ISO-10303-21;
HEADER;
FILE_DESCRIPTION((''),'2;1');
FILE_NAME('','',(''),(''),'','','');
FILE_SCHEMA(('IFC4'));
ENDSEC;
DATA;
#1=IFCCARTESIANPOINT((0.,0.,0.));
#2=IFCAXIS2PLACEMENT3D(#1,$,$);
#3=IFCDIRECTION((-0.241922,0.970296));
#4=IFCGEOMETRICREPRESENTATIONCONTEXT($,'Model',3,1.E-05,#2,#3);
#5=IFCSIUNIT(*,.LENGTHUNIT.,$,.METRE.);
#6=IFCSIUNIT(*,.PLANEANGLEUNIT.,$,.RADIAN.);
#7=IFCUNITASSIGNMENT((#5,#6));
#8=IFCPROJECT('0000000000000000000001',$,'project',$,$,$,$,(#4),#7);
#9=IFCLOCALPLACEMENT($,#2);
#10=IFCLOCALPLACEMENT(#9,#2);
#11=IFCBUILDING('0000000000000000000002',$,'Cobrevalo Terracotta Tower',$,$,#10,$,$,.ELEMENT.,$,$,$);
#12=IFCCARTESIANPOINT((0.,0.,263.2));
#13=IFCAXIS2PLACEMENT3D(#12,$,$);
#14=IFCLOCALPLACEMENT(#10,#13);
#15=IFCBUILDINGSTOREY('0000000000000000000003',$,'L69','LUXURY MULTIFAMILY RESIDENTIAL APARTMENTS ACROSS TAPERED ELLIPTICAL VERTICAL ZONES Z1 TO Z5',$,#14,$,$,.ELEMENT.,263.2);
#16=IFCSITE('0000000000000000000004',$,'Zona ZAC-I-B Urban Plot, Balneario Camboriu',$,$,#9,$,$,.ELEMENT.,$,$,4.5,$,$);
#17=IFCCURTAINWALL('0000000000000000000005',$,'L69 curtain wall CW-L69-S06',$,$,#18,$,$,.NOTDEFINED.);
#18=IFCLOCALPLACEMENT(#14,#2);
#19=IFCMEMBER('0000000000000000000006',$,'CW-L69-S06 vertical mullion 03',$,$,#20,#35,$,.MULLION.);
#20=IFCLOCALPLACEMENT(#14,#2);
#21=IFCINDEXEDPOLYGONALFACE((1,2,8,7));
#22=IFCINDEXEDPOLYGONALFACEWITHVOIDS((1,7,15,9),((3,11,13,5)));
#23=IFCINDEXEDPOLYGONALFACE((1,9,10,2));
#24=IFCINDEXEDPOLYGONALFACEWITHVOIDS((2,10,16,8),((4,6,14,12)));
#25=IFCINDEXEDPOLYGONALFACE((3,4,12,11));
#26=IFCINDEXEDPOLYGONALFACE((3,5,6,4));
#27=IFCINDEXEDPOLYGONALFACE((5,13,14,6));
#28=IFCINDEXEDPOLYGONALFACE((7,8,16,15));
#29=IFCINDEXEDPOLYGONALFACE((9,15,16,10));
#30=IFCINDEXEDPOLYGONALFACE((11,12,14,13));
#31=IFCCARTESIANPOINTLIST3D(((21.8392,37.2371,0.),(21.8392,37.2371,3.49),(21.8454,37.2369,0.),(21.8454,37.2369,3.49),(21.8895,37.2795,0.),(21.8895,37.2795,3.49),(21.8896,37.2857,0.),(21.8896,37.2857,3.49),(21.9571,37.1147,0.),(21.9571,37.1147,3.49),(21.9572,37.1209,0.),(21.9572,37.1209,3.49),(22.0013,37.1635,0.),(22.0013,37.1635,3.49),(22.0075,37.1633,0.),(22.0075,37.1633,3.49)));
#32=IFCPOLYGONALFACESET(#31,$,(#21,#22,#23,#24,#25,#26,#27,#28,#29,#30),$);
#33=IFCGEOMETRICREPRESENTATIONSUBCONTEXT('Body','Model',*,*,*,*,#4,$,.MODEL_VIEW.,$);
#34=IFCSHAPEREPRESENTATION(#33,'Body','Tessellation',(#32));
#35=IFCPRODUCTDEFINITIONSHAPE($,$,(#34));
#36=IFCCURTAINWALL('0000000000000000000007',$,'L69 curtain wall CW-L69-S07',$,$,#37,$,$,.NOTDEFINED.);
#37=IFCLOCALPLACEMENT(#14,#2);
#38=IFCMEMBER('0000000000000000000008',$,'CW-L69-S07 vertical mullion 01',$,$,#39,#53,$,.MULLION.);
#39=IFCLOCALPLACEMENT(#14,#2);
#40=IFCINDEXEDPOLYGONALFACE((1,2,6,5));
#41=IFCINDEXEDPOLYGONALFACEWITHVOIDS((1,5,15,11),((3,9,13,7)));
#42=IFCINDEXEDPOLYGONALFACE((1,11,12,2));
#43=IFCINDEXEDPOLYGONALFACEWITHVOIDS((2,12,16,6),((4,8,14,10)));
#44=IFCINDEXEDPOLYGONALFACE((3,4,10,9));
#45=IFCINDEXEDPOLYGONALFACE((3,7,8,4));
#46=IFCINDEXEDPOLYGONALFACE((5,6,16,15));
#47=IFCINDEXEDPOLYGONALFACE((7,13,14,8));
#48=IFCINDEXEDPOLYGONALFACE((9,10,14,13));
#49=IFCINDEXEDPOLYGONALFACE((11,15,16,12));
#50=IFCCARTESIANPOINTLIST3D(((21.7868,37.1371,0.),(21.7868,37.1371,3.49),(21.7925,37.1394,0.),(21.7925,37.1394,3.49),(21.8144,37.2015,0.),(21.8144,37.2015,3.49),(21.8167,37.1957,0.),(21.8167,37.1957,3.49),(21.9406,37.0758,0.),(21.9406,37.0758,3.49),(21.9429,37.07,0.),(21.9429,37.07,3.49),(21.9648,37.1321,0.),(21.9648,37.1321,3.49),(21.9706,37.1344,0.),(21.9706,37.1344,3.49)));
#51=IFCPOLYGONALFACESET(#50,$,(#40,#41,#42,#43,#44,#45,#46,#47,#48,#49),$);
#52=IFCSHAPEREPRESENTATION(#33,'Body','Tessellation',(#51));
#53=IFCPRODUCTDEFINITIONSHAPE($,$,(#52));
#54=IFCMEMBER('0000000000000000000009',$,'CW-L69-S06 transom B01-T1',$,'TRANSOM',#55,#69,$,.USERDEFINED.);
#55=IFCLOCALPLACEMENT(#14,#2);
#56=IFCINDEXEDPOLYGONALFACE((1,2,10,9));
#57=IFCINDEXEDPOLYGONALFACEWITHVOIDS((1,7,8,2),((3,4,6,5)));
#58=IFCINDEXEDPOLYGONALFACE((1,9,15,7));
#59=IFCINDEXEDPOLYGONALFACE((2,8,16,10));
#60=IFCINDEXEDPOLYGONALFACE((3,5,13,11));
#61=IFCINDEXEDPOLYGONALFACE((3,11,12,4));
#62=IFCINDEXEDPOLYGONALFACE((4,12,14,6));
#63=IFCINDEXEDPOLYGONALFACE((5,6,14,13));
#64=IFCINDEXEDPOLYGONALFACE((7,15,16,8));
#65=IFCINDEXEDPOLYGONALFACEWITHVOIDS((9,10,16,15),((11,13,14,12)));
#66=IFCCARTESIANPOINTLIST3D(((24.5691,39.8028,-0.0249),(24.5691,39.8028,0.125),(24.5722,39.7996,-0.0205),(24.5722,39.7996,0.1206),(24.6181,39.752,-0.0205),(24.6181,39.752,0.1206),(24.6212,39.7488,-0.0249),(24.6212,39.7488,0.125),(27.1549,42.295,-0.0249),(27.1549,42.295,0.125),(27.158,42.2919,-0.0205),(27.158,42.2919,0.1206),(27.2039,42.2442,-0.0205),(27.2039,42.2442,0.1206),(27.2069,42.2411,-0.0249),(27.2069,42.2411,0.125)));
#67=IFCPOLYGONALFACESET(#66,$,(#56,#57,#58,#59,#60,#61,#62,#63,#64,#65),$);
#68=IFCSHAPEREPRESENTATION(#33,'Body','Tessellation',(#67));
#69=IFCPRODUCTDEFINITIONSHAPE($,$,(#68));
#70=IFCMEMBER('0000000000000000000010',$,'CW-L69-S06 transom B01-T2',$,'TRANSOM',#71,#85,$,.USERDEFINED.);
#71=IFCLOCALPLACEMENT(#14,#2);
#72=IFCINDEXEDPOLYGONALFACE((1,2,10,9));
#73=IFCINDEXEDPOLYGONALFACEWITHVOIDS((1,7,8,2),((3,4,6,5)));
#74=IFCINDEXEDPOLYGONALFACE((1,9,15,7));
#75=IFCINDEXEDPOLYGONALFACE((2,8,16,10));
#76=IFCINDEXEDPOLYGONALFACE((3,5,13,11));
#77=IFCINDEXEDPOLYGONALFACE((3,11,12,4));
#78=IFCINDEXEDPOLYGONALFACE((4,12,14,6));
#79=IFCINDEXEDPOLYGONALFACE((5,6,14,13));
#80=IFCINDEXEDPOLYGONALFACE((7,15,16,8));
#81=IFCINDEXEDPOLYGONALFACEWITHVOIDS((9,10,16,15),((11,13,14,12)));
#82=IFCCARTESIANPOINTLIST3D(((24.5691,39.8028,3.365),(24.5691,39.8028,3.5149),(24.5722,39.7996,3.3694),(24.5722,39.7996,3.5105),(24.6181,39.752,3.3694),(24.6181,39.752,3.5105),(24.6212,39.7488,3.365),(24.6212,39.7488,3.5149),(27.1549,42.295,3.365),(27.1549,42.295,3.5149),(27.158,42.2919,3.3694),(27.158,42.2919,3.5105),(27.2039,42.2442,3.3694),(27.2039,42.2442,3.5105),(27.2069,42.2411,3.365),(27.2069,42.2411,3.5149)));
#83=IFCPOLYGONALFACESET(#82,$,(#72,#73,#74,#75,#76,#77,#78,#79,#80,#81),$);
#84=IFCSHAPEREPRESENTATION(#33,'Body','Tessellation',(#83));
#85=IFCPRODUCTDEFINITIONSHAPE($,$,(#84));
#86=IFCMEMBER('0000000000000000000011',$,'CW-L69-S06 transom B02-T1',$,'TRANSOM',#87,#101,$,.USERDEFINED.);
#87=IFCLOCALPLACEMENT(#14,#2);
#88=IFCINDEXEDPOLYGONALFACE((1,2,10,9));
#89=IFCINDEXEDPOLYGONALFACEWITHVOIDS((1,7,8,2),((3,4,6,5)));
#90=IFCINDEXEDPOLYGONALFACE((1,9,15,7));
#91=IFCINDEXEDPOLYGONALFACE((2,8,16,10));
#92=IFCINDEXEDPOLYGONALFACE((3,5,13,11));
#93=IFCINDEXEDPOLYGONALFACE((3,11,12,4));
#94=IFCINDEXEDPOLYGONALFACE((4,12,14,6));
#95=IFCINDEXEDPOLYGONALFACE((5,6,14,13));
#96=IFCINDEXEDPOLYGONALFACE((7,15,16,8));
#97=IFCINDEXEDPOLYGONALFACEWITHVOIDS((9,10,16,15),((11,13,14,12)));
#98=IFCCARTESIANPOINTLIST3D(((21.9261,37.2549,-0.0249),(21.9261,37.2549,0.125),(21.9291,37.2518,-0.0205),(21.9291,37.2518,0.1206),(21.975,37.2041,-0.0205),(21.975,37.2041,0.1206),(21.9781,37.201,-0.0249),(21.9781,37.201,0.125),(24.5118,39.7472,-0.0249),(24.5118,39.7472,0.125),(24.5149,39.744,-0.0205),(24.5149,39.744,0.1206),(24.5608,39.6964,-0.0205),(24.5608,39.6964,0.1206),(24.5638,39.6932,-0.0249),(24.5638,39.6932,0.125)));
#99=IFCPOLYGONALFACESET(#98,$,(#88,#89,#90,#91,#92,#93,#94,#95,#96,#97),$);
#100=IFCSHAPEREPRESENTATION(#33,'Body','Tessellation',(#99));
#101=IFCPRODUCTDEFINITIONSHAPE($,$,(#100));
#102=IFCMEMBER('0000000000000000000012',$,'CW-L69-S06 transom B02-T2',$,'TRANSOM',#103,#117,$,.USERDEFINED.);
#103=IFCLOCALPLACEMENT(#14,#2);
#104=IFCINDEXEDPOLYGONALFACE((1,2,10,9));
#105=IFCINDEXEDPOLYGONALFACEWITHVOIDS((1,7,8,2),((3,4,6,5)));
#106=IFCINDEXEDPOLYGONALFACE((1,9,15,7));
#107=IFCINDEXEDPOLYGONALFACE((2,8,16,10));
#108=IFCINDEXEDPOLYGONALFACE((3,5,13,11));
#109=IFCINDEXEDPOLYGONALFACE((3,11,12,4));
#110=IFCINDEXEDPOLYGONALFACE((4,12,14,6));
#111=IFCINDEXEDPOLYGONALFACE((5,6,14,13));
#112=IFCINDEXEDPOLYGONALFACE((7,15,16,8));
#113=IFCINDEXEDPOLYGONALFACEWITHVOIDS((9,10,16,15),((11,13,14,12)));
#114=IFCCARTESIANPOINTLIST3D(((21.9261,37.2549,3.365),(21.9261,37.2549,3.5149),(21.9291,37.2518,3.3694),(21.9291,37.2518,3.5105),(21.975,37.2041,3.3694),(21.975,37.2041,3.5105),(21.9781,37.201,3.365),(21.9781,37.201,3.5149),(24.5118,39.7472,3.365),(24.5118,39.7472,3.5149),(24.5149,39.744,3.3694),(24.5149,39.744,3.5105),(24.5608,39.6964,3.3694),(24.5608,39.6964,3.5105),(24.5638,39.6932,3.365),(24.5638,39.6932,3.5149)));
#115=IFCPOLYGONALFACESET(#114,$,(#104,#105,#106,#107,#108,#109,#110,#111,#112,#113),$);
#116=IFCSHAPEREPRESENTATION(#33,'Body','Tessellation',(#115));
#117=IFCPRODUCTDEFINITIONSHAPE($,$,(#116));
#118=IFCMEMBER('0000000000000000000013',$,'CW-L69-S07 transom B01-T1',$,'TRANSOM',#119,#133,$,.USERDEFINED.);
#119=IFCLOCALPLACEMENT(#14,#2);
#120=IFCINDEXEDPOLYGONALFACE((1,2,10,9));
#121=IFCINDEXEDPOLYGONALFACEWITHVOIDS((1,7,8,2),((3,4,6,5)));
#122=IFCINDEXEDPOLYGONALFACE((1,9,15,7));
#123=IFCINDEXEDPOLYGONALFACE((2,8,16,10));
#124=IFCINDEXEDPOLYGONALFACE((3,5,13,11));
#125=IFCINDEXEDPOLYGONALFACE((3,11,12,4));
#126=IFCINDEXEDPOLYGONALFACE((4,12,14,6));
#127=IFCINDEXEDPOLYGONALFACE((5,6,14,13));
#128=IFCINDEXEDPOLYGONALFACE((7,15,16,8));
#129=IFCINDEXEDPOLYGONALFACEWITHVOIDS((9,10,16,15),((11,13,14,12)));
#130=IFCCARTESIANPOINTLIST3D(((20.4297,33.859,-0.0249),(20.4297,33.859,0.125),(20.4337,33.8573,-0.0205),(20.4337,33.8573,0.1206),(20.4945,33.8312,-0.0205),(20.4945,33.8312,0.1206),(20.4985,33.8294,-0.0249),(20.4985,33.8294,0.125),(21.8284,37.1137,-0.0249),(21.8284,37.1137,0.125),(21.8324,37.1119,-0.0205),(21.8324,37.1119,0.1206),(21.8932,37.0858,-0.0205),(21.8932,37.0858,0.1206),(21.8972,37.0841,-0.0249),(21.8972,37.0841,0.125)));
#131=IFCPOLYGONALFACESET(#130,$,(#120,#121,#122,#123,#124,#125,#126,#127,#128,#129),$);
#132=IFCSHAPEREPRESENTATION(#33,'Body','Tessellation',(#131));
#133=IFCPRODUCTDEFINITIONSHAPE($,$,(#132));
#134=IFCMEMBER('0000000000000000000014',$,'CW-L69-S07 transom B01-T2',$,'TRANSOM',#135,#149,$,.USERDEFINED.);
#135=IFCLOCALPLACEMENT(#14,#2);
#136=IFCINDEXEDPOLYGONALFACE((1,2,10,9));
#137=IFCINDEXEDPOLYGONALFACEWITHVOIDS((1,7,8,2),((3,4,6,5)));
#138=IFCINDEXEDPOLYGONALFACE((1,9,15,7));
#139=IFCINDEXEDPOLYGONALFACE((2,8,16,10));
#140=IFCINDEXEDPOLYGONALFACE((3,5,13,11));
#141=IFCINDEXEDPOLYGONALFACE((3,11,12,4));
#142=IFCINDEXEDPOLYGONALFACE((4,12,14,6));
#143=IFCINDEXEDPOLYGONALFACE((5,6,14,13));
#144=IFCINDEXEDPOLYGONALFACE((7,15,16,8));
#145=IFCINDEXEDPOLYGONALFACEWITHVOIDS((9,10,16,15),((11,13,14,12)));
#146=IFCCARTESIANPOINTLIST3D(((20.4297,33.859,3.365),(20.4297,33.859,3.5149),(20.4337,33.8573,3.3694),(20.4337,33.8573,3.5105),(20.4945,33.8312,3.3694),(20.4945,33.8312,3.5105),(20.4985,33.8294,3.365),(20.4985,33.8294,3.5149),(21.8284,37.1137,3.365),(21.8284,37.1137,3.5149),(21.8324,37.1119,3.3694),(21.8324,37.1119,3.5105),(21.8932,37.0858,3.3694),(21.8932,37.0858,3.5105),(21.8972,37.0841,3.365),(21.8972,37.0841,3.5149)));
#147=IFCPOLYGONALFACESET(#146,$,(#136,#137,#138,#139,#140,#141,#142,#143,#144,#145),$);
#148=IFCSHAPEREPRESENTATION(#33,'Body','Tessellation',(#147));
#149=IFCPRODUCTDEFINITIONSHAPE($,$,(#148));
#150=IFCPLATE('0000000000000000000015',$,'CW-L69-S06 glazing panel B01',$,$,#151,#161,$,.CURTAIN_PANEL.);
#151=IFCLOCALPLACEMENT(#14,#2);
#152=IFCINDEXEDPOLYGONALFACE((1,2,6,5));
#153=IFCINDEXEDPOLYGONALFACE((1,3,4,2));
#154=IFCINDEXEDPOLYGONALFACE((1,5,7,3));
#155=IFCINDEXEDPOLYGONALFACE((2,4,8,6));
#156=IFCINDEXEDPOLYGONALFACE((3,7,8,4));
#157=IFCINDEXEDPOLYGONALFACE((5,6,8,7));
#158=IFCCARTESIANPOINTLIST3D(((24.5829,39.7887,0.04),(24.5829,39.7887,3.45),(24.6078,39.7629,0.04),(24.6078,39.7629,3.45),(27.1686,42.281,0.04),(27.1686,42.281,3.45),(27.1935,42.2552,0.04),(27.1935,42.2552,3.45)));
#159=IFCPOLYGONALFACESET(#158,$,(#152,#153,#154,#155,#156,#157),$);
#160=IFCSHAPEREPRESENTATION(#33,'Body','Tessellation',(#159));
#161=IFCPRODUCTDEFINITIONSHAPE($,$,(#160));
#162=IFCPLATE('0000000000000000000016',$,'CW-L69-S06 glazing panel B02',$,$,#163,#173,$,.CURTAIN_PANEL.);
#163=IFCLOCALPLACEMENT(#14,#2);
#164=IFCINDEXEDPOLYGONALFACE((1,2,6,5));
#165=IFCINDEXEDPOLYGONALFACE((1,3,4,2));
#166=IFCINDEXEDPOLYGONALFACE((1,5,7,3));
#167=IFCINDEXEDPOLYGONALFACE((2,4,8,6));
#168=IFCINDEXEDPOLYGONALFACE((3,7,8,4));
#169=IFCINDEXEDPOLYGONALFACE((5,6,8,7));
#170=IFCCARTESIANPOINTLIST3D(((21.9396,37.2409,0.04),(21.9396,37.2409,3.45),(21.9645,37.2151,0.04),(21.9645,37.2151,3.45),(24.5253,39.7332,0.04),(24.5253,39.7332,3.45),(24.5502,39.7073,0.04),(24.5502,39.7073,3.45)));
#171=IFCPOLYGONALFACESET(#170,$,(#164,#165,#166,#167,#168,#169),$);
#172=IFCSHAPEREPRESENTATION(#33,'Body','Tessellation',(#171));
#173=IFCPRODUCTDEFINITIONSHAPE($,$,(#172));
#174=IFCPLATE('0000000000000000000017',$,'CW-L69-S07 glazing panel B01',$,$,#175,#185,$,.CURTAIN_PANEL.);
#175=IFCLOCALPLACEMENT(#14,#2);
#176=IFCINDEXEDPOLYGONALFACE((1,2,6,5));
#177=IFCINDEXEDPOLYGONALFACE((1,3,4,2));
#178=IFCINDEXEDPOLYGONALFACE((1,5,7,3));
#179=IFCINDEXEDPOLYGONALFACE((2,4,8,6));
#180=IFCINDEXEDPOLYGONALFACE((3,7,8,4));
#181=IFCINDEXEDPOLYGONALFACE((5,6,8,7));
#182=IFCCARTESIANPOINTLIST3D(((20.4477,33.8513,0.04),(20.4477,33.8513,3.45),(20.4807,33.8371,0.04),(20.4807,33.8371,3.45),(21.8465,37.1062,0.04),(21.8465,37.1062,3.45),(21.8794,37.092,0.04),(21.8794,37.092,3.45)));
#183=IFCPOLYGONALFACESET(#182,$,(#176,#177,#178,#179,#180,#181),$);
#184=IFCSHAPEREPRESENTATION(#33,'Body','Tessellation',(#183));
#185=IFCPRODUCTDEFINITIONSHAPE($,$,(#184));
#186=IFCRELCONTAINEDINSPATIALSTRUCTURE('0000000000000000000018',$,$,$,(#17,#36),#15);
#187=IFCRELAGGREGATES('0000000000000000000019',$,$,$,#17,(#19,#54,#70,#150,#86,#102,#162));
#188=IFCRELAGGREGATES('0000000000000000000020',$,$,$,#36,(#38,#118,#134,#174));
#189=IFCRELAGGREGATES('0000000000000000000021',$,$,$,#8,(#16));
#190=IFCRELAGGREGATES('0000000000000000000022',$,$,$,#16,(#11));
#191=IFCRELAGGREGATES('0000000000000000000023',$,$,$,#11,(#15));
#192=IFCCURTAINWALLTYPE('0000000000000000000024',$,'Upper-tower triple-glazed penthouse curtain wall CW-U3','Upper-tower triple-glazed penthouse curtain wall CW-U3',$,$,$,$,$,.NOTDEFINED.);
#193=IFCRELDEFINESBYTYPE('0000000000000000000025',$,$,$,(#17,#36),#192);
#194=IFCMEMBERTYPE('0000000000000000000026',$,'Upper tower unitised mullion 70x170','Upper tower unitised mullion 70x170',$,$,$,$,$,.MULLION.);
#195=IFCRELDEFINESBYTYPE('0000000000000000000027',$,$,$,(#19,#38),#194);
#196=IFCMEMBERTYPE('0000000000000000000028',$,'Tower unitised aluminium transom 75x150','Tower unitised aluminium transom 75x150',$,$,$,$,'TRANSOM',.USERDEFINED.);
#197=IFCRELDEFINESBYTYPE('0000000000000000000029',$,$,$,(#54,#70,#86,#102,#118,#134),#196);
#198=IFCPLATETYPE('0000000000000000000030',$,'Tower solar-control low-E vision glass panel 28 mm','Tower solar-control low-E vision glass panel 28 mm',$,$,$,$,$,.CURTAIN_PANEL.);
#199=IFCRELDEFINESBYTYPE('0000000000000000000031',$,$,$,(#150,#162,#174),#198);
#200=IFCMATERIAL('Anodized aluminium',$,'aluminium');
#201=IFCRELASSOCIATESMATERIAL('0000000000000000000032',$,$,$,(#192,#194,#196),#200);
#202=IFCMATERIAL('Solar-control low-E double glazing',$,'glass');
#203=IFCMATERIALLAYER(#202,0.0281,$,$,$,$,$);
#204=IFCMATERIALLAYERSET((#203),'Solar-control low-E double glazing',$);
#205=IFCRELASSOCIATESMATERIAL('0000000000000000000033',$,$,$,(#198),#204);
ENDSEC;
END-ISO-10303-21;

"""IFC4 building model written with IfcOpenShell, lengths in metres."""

from ifc_helpers import new_model, si_unit, direction, frame, origin, origin_2d, place, context, subcontext, project, spatial, rectangle, hollow_rectangle, extrude, source, transform, mapped, material, layer, layer_set, material_profile, profile_set, type_object, element, aggregate, save


model = new_model("IFC4")

# Units and contexts
model_context = context("Model", 3, precision=1e-05, world=origin(), true_north=direction((-0.241922, 0.970296)))
body_context = subcontext(model_context, "Body", "Model", "MODEL_VIEW")
ifc_project = project(units=[si_unit("LENGTHUNIT", "METRE"), si_unit("PLANEANGLEUNIT", "RADIAN")], contexts=[model_context])

# Site, building, storey
site_placement = place(None, origin())
site = spatial("IfcSite", under=ifc_project, at=site_placement, Name="Zona ZAC-I-B Urban Plot, Balneario Camboriu", CompositionType="ELEMENT", RefElevation=4.5)
building_placement = place(site_placement, origin())
building = spatial("IfcBuilding", under=site, at=building_placement, Name="Cobrevalo Terracotta Tower", CompositionType="ELEMENT")
storey_placement = place(building_placement, frame((0.0, 0.0, 263.2)))
storey = spatial("IfcBuildingStorey", under=building, at=storey_placement, Name="L69", Description="LUXURY MULTIFAMILY RESIDENTIAL APARTMENTS ACROSS TAPERED ELLIPTICAL VERTICAL ZONES Z1 TO Z5", CompositionType="ELEMENT", Elevation=263.2)

# Curtain wall, member
ifc_material_1 = material(Name="Anodized aluminium", Category="aluminium")
curtain_wall_type = type_object("IfcCurtainWallType", Name="Upper-tower triple-glazed penthouse curtain wall CW-U3", Description="Upper-tower triple-glazed penthouse curtain wall CW-U3", PredefinedType="NOTDEFINED", material=ifc_material_1)
curtain_wall_1_placement = place(storey_placement, origin())
curtain_wall_1 = element("IfcCurtainWall", 1, at=curtain_wall_1_placement, inside=storey, type_object=curtain_wall_type, Name="L69 curtain wall CW-L69-S06", PredefinedType="NOTDEFINED")
ifc_material_profile_1 = material_profile(ifc_material_1, hollow_rectangle(XDim=0.0701, YDim=0.1699, WallThickness=0.0044, at=origin_2d()), Name="CWM 70x170")
ifc_profile_set_1 = profile_set([ifc_material_profile_1], Name="Anodized aluminium")
member_type_1 = type_object("IfcMemberType", Name="Upper tower unitised mullion 70x170", Description="Upper tower unitised mullion 70x170", PredefinedType="MULLION", material=ifc_profile_set_1)
shared_shape_1 = source(origin(), body_context, "Body", "SweptSolid", [
    extrude(hollow_rectangle(XDim=0.0701, YDim=0.1699, WallThickness=0.0044, at=origin_2d()), origin(), (0.0, 0.0, 1.0), 3.49),
])
member_1_placement = place(storey_placement, frame((21.9233, 37.2002, 0.0), z_axis=(0.0, 0.0, 1.0), x_axis=(-0.719994, -0.69398, 0.0)))
member_1 = element("IfcMember", 2, at=member_1_placement, type_object=member_type_1, Name="CW-L69-S06 vertical mullion 03", PredefinedType="MULLION", context=body_context, shape_type="MappedRepresentation", body=[
    mapped(shared_shape_1, transform((0.0, 0.0, 0.0), scale=1.0)),
])

# Curtain wall, member
curtain_wall_2_placement = place(storey_placement, origin())
curtain_wall_2 = element("IfcCurtainWall", 3, at=curtain_wall_2_placement, inside=storey, type_object=curtain_wall_type, Name="L69 curtain wall CW-L69-S07", PredefinedType="NOTDEFINED")
member_2_placement = place(storey_placement, frame((21.8787, 37.1357, 0.0), z_axis=(0.0, 0.0, 1.0), x_axis=(-0.394824, -0.918757, 0.0)))
member_2 = element("IfcMember", 4, at=member_2_placement, type_object=member_type_1, Name="CW-L69-S07 vertical mullion 01", PredefinedType="MULLION", context=body_context, shape_type="MappedRepresentation", body=[
    mapped(shared_shape_1, transform((0.0, 0.0, 0.0), scale=1.0)),
])

# Members
ifc_material_profile_2 = material_profile(ifc_material_1, hollow_rectangle(XDim=0.075, YDim=0.1499, WallThickness=0.0044, at=origin_2d()), Name="CWT 75x150")
ifc_profile_set_2 = profile_set([ifc_material_profile_2], Name="Anodized aluminium")
member_type_2 = type_object("IfcMemberType", Name="Tower unitised aluminium transom 75x150", Description="Tower unitised aluminium transom 75x150", ElementType="TRANSOM", PredefinedType="USERDEFINED", material=ifc_profile_set_2)
shared_shape_2 = source(origin(), body_context, "Body", "SweptSolid", [
    extrude(hollow_rectangle(XDim=0.075, YDim=0.1499, WallThickness=0.0044, at=origin_2d()), origin(), (0.0, 0.0, 1.0), 3.5913),
])
member_3_placement = place(storey_placement, frame((27.1809, 42.2681, 0.05), z_axis=(-0.720006, -0.693968, 0.0), x_axis=(0.693968, -0.720006, 0.0)))
member_3 = element("IfcMember", 5, at=member_3_placement, type_object=member_type_2, Name="CW-L69-S06 transom B01-T1", ObjectType="TRANSOM", PredefinedType="USERDEFINED", context=body_context, shape_type="MappedRepresentation", body=[
    mapped(shared_shape_2, transform((0.0, 0.0, 0.0), scale=1.0)),
])
member_4_placement = place(storey_placement, frame((27.1809, 42.2681, 3.4399), z_axis=(-0.720006, -0.693968, 0.0), x_axis=(0.693968, -0.720006, 0.0)))
member_4 = element("IfcMember", 6, at=member_4_placement, type_object=member_type_2, Name="CW-L69-S06 transom B01-T2", ObjectType="TRANSOM", PredefinedType="USERDEFINED", context=body_context, shape_type="MappedRepresentation", body=[
    mapped(shared_shape_2, transform((0.0, 0.0, 0.0), scale=1.0)),
])
member_5_placement = place(storey_placement, frame((24.5378, 39.7202, 0.05), z_axis=(-0.720006, -0.693968, 0.0), x_axis=(0.693968, -0.720006, 0.0)))
member_5 = element("IfcMember", 7, at=member_5_placement, type_object=member_type_2, Name="CW-L69-S06 transom B02-T1", ObjectType="TRANSOM", PredefinedType="USERDEFINED", context=body_context, shape_type="MappedRepresentation", body=[
    mapped(shared_shape_2, transform((0.0, 0.0, 0.0), scale=1.0)),
])
member_6_placement = place(storey_placement, frame((24.5378, 39.7202, 3.4399), z_axis=(-0.720006, -0.693968, 0.0), x_axis=(0.693968, -0.720006, 0.0)))
member_6 = element("IfcMember", 8, at=member_6_placement, type_object=member_type_2, Name="CW-L69-S06 transom B02-T2", ObjectType="TRANSOM", PredefinedType="USERDEFINED", context=body_context, shape_type="MappedRepresentation", body=[
    mapped(shared_shape_2, transform((0.0, 0.0, 0.0), scale=1.0)),
])
shared_shape_3 = source(origin(), body_context, "Body", "SweptSolid", [
    extrude(hollow_rectangle(XDim=0.075, YDim=0.1499, WallThickness=0.0044, at=origin_2d()), origin(), (0.0, 0.0, 1.0), 3.5425),
])
member_7_placement = place(storey_placement, frame((21.8628, 37.0989, 0.05), z_axis=(-0.394834, -0.918752, 0.0), x_axis=(0.918752, -0.394834, 0.0)))
member_7 = element("IfcMember", 9, at=member_7_placement, type_object=member_type_2, Name="CW-L69-S07 transom B01-T1", ObjectType="TRANSOM", PredefinedType="USERDEFINED", context=body_context, shape_type="MappedRepresentation", body=[
    mapped(shared_shape_3, transform((0.0, 0.0, 0.0), scale=1.0)),
])
member_8_placement = place(storey_placement, frame((21.8628, 37.0989, 3.4399), z_axis=(-0.394834, -0.918752, 0.0), x_axis=(0.918752, -0.394834, 0.0)))
member_8 = element("IfcMember", 10, at=member_8_placement, type_object=member_type_2, Name="CW-L69-S07 transom B01-T2", ObjectType="TRANSOM", PredefinedType="USERDEFINED", context=body_context, shape_type="MappedRepresentation", body=[
    mapped(shared_shape_3, transform((0.0, 0.0, 0.0), scale=1.0)),
])

# Plates
ifc_material_2 = material(Name="Solar-control low-E double glazing", Category="glass")
ifc_layer_1 = layer(ifc_material_2, 0.0281)
ifc_layer_set_1 = layer_set([ifc_layer_1], Name="Solar-control low-E double glazing")
plate_type = type_object("IfcPlateType", Name="Tower solar-control low-E vision glass panel 28 mm", Description="Tower solar-control low-E vision glass panel 28 mm", PredefinedType="CURTAIN_PANEL", material=ifc_layer_set_1)
shared_shape_4 = source(origin(), body_context, "Body", "SweptSolid", [
    extrude(rectangle(XDim=3.5913, YDim=0.0359, at=origin_2d()), origin(), (0.0, 0.0, 1.0), 3.4099),
])
plate_1_placement = place(storey_placement, frame((25.8882, 41.022, 0.04), z_axis=(0.0, 0.0, 1.0), x_axis=(-0.719997, -0.693978, 0.0)))
plate_1 = element("IfcPlate", 11, at=plate_1_placement, type_object=plate_type, Name="CW-L69-S06 glazing panel B01", PredefinedType="CURTAIN_PANEL", context=body_context, shape_type="MappedRepresentation", body=[
    mapped(shared_shape_4, transform((0.0, 0.0, 0.0), scale=1.0)),
])
plate_2_placement = place(storey_placement, frame((23.2449, 38.4741, 0.04), z_axis=(0.0, 0.0, 1.0), x_axis=(-0.719997, -0.693978, 0.0)))
plate_2 = element("IfcPlate", 12, at=plate_2_placement, type_object=plate_type, Name="CW-L69-S06 glazing panel B02", PredefinedType="CURTAIN_PANEL", context=body_context, shape_type="MappedRepresentation", body=[
    mapped(shared_shape_4, transform((0.0, 0.0, 0.0), scale=1.0)),
])
aggregate(curtain_wall_1, [member_1, member_3, member_4, plate_1, member_5, member_6, plate_2])
shared_shape_5 = source(origin(), body_context, "Body", "SweptSolid", [
    extrude(rectangle(XDim=3.5427, YDim=0.0359, at=origin_2d()), origin(), (0.0, 0.0, 1.0), 3.4099),
])
plate_3_placement = place(storey_placement, frame((21.1636, 35.4717, 0.04), z_axis=(0.0, 0.0, 1.0), x_axis=(-0.394829, -0.918755, 0.0)))
plate_3 = element("IfcPlate", 13, at=plate_3_placement, type_object=plate_type, Name="CW-L69-S07 glazing panel B01", PredefinedType="CURTAIN_PANEL", context=body_context, shape_type="MappedRepresentation", body=[
    mapped(shared_shape_5, transform((0.0, 0.0, 0.0), scale=1.0)),
])
aggregate(curtain_wall_2, [member_2, member_7, member_8, plate_3])

save(model, "model.ifc")
